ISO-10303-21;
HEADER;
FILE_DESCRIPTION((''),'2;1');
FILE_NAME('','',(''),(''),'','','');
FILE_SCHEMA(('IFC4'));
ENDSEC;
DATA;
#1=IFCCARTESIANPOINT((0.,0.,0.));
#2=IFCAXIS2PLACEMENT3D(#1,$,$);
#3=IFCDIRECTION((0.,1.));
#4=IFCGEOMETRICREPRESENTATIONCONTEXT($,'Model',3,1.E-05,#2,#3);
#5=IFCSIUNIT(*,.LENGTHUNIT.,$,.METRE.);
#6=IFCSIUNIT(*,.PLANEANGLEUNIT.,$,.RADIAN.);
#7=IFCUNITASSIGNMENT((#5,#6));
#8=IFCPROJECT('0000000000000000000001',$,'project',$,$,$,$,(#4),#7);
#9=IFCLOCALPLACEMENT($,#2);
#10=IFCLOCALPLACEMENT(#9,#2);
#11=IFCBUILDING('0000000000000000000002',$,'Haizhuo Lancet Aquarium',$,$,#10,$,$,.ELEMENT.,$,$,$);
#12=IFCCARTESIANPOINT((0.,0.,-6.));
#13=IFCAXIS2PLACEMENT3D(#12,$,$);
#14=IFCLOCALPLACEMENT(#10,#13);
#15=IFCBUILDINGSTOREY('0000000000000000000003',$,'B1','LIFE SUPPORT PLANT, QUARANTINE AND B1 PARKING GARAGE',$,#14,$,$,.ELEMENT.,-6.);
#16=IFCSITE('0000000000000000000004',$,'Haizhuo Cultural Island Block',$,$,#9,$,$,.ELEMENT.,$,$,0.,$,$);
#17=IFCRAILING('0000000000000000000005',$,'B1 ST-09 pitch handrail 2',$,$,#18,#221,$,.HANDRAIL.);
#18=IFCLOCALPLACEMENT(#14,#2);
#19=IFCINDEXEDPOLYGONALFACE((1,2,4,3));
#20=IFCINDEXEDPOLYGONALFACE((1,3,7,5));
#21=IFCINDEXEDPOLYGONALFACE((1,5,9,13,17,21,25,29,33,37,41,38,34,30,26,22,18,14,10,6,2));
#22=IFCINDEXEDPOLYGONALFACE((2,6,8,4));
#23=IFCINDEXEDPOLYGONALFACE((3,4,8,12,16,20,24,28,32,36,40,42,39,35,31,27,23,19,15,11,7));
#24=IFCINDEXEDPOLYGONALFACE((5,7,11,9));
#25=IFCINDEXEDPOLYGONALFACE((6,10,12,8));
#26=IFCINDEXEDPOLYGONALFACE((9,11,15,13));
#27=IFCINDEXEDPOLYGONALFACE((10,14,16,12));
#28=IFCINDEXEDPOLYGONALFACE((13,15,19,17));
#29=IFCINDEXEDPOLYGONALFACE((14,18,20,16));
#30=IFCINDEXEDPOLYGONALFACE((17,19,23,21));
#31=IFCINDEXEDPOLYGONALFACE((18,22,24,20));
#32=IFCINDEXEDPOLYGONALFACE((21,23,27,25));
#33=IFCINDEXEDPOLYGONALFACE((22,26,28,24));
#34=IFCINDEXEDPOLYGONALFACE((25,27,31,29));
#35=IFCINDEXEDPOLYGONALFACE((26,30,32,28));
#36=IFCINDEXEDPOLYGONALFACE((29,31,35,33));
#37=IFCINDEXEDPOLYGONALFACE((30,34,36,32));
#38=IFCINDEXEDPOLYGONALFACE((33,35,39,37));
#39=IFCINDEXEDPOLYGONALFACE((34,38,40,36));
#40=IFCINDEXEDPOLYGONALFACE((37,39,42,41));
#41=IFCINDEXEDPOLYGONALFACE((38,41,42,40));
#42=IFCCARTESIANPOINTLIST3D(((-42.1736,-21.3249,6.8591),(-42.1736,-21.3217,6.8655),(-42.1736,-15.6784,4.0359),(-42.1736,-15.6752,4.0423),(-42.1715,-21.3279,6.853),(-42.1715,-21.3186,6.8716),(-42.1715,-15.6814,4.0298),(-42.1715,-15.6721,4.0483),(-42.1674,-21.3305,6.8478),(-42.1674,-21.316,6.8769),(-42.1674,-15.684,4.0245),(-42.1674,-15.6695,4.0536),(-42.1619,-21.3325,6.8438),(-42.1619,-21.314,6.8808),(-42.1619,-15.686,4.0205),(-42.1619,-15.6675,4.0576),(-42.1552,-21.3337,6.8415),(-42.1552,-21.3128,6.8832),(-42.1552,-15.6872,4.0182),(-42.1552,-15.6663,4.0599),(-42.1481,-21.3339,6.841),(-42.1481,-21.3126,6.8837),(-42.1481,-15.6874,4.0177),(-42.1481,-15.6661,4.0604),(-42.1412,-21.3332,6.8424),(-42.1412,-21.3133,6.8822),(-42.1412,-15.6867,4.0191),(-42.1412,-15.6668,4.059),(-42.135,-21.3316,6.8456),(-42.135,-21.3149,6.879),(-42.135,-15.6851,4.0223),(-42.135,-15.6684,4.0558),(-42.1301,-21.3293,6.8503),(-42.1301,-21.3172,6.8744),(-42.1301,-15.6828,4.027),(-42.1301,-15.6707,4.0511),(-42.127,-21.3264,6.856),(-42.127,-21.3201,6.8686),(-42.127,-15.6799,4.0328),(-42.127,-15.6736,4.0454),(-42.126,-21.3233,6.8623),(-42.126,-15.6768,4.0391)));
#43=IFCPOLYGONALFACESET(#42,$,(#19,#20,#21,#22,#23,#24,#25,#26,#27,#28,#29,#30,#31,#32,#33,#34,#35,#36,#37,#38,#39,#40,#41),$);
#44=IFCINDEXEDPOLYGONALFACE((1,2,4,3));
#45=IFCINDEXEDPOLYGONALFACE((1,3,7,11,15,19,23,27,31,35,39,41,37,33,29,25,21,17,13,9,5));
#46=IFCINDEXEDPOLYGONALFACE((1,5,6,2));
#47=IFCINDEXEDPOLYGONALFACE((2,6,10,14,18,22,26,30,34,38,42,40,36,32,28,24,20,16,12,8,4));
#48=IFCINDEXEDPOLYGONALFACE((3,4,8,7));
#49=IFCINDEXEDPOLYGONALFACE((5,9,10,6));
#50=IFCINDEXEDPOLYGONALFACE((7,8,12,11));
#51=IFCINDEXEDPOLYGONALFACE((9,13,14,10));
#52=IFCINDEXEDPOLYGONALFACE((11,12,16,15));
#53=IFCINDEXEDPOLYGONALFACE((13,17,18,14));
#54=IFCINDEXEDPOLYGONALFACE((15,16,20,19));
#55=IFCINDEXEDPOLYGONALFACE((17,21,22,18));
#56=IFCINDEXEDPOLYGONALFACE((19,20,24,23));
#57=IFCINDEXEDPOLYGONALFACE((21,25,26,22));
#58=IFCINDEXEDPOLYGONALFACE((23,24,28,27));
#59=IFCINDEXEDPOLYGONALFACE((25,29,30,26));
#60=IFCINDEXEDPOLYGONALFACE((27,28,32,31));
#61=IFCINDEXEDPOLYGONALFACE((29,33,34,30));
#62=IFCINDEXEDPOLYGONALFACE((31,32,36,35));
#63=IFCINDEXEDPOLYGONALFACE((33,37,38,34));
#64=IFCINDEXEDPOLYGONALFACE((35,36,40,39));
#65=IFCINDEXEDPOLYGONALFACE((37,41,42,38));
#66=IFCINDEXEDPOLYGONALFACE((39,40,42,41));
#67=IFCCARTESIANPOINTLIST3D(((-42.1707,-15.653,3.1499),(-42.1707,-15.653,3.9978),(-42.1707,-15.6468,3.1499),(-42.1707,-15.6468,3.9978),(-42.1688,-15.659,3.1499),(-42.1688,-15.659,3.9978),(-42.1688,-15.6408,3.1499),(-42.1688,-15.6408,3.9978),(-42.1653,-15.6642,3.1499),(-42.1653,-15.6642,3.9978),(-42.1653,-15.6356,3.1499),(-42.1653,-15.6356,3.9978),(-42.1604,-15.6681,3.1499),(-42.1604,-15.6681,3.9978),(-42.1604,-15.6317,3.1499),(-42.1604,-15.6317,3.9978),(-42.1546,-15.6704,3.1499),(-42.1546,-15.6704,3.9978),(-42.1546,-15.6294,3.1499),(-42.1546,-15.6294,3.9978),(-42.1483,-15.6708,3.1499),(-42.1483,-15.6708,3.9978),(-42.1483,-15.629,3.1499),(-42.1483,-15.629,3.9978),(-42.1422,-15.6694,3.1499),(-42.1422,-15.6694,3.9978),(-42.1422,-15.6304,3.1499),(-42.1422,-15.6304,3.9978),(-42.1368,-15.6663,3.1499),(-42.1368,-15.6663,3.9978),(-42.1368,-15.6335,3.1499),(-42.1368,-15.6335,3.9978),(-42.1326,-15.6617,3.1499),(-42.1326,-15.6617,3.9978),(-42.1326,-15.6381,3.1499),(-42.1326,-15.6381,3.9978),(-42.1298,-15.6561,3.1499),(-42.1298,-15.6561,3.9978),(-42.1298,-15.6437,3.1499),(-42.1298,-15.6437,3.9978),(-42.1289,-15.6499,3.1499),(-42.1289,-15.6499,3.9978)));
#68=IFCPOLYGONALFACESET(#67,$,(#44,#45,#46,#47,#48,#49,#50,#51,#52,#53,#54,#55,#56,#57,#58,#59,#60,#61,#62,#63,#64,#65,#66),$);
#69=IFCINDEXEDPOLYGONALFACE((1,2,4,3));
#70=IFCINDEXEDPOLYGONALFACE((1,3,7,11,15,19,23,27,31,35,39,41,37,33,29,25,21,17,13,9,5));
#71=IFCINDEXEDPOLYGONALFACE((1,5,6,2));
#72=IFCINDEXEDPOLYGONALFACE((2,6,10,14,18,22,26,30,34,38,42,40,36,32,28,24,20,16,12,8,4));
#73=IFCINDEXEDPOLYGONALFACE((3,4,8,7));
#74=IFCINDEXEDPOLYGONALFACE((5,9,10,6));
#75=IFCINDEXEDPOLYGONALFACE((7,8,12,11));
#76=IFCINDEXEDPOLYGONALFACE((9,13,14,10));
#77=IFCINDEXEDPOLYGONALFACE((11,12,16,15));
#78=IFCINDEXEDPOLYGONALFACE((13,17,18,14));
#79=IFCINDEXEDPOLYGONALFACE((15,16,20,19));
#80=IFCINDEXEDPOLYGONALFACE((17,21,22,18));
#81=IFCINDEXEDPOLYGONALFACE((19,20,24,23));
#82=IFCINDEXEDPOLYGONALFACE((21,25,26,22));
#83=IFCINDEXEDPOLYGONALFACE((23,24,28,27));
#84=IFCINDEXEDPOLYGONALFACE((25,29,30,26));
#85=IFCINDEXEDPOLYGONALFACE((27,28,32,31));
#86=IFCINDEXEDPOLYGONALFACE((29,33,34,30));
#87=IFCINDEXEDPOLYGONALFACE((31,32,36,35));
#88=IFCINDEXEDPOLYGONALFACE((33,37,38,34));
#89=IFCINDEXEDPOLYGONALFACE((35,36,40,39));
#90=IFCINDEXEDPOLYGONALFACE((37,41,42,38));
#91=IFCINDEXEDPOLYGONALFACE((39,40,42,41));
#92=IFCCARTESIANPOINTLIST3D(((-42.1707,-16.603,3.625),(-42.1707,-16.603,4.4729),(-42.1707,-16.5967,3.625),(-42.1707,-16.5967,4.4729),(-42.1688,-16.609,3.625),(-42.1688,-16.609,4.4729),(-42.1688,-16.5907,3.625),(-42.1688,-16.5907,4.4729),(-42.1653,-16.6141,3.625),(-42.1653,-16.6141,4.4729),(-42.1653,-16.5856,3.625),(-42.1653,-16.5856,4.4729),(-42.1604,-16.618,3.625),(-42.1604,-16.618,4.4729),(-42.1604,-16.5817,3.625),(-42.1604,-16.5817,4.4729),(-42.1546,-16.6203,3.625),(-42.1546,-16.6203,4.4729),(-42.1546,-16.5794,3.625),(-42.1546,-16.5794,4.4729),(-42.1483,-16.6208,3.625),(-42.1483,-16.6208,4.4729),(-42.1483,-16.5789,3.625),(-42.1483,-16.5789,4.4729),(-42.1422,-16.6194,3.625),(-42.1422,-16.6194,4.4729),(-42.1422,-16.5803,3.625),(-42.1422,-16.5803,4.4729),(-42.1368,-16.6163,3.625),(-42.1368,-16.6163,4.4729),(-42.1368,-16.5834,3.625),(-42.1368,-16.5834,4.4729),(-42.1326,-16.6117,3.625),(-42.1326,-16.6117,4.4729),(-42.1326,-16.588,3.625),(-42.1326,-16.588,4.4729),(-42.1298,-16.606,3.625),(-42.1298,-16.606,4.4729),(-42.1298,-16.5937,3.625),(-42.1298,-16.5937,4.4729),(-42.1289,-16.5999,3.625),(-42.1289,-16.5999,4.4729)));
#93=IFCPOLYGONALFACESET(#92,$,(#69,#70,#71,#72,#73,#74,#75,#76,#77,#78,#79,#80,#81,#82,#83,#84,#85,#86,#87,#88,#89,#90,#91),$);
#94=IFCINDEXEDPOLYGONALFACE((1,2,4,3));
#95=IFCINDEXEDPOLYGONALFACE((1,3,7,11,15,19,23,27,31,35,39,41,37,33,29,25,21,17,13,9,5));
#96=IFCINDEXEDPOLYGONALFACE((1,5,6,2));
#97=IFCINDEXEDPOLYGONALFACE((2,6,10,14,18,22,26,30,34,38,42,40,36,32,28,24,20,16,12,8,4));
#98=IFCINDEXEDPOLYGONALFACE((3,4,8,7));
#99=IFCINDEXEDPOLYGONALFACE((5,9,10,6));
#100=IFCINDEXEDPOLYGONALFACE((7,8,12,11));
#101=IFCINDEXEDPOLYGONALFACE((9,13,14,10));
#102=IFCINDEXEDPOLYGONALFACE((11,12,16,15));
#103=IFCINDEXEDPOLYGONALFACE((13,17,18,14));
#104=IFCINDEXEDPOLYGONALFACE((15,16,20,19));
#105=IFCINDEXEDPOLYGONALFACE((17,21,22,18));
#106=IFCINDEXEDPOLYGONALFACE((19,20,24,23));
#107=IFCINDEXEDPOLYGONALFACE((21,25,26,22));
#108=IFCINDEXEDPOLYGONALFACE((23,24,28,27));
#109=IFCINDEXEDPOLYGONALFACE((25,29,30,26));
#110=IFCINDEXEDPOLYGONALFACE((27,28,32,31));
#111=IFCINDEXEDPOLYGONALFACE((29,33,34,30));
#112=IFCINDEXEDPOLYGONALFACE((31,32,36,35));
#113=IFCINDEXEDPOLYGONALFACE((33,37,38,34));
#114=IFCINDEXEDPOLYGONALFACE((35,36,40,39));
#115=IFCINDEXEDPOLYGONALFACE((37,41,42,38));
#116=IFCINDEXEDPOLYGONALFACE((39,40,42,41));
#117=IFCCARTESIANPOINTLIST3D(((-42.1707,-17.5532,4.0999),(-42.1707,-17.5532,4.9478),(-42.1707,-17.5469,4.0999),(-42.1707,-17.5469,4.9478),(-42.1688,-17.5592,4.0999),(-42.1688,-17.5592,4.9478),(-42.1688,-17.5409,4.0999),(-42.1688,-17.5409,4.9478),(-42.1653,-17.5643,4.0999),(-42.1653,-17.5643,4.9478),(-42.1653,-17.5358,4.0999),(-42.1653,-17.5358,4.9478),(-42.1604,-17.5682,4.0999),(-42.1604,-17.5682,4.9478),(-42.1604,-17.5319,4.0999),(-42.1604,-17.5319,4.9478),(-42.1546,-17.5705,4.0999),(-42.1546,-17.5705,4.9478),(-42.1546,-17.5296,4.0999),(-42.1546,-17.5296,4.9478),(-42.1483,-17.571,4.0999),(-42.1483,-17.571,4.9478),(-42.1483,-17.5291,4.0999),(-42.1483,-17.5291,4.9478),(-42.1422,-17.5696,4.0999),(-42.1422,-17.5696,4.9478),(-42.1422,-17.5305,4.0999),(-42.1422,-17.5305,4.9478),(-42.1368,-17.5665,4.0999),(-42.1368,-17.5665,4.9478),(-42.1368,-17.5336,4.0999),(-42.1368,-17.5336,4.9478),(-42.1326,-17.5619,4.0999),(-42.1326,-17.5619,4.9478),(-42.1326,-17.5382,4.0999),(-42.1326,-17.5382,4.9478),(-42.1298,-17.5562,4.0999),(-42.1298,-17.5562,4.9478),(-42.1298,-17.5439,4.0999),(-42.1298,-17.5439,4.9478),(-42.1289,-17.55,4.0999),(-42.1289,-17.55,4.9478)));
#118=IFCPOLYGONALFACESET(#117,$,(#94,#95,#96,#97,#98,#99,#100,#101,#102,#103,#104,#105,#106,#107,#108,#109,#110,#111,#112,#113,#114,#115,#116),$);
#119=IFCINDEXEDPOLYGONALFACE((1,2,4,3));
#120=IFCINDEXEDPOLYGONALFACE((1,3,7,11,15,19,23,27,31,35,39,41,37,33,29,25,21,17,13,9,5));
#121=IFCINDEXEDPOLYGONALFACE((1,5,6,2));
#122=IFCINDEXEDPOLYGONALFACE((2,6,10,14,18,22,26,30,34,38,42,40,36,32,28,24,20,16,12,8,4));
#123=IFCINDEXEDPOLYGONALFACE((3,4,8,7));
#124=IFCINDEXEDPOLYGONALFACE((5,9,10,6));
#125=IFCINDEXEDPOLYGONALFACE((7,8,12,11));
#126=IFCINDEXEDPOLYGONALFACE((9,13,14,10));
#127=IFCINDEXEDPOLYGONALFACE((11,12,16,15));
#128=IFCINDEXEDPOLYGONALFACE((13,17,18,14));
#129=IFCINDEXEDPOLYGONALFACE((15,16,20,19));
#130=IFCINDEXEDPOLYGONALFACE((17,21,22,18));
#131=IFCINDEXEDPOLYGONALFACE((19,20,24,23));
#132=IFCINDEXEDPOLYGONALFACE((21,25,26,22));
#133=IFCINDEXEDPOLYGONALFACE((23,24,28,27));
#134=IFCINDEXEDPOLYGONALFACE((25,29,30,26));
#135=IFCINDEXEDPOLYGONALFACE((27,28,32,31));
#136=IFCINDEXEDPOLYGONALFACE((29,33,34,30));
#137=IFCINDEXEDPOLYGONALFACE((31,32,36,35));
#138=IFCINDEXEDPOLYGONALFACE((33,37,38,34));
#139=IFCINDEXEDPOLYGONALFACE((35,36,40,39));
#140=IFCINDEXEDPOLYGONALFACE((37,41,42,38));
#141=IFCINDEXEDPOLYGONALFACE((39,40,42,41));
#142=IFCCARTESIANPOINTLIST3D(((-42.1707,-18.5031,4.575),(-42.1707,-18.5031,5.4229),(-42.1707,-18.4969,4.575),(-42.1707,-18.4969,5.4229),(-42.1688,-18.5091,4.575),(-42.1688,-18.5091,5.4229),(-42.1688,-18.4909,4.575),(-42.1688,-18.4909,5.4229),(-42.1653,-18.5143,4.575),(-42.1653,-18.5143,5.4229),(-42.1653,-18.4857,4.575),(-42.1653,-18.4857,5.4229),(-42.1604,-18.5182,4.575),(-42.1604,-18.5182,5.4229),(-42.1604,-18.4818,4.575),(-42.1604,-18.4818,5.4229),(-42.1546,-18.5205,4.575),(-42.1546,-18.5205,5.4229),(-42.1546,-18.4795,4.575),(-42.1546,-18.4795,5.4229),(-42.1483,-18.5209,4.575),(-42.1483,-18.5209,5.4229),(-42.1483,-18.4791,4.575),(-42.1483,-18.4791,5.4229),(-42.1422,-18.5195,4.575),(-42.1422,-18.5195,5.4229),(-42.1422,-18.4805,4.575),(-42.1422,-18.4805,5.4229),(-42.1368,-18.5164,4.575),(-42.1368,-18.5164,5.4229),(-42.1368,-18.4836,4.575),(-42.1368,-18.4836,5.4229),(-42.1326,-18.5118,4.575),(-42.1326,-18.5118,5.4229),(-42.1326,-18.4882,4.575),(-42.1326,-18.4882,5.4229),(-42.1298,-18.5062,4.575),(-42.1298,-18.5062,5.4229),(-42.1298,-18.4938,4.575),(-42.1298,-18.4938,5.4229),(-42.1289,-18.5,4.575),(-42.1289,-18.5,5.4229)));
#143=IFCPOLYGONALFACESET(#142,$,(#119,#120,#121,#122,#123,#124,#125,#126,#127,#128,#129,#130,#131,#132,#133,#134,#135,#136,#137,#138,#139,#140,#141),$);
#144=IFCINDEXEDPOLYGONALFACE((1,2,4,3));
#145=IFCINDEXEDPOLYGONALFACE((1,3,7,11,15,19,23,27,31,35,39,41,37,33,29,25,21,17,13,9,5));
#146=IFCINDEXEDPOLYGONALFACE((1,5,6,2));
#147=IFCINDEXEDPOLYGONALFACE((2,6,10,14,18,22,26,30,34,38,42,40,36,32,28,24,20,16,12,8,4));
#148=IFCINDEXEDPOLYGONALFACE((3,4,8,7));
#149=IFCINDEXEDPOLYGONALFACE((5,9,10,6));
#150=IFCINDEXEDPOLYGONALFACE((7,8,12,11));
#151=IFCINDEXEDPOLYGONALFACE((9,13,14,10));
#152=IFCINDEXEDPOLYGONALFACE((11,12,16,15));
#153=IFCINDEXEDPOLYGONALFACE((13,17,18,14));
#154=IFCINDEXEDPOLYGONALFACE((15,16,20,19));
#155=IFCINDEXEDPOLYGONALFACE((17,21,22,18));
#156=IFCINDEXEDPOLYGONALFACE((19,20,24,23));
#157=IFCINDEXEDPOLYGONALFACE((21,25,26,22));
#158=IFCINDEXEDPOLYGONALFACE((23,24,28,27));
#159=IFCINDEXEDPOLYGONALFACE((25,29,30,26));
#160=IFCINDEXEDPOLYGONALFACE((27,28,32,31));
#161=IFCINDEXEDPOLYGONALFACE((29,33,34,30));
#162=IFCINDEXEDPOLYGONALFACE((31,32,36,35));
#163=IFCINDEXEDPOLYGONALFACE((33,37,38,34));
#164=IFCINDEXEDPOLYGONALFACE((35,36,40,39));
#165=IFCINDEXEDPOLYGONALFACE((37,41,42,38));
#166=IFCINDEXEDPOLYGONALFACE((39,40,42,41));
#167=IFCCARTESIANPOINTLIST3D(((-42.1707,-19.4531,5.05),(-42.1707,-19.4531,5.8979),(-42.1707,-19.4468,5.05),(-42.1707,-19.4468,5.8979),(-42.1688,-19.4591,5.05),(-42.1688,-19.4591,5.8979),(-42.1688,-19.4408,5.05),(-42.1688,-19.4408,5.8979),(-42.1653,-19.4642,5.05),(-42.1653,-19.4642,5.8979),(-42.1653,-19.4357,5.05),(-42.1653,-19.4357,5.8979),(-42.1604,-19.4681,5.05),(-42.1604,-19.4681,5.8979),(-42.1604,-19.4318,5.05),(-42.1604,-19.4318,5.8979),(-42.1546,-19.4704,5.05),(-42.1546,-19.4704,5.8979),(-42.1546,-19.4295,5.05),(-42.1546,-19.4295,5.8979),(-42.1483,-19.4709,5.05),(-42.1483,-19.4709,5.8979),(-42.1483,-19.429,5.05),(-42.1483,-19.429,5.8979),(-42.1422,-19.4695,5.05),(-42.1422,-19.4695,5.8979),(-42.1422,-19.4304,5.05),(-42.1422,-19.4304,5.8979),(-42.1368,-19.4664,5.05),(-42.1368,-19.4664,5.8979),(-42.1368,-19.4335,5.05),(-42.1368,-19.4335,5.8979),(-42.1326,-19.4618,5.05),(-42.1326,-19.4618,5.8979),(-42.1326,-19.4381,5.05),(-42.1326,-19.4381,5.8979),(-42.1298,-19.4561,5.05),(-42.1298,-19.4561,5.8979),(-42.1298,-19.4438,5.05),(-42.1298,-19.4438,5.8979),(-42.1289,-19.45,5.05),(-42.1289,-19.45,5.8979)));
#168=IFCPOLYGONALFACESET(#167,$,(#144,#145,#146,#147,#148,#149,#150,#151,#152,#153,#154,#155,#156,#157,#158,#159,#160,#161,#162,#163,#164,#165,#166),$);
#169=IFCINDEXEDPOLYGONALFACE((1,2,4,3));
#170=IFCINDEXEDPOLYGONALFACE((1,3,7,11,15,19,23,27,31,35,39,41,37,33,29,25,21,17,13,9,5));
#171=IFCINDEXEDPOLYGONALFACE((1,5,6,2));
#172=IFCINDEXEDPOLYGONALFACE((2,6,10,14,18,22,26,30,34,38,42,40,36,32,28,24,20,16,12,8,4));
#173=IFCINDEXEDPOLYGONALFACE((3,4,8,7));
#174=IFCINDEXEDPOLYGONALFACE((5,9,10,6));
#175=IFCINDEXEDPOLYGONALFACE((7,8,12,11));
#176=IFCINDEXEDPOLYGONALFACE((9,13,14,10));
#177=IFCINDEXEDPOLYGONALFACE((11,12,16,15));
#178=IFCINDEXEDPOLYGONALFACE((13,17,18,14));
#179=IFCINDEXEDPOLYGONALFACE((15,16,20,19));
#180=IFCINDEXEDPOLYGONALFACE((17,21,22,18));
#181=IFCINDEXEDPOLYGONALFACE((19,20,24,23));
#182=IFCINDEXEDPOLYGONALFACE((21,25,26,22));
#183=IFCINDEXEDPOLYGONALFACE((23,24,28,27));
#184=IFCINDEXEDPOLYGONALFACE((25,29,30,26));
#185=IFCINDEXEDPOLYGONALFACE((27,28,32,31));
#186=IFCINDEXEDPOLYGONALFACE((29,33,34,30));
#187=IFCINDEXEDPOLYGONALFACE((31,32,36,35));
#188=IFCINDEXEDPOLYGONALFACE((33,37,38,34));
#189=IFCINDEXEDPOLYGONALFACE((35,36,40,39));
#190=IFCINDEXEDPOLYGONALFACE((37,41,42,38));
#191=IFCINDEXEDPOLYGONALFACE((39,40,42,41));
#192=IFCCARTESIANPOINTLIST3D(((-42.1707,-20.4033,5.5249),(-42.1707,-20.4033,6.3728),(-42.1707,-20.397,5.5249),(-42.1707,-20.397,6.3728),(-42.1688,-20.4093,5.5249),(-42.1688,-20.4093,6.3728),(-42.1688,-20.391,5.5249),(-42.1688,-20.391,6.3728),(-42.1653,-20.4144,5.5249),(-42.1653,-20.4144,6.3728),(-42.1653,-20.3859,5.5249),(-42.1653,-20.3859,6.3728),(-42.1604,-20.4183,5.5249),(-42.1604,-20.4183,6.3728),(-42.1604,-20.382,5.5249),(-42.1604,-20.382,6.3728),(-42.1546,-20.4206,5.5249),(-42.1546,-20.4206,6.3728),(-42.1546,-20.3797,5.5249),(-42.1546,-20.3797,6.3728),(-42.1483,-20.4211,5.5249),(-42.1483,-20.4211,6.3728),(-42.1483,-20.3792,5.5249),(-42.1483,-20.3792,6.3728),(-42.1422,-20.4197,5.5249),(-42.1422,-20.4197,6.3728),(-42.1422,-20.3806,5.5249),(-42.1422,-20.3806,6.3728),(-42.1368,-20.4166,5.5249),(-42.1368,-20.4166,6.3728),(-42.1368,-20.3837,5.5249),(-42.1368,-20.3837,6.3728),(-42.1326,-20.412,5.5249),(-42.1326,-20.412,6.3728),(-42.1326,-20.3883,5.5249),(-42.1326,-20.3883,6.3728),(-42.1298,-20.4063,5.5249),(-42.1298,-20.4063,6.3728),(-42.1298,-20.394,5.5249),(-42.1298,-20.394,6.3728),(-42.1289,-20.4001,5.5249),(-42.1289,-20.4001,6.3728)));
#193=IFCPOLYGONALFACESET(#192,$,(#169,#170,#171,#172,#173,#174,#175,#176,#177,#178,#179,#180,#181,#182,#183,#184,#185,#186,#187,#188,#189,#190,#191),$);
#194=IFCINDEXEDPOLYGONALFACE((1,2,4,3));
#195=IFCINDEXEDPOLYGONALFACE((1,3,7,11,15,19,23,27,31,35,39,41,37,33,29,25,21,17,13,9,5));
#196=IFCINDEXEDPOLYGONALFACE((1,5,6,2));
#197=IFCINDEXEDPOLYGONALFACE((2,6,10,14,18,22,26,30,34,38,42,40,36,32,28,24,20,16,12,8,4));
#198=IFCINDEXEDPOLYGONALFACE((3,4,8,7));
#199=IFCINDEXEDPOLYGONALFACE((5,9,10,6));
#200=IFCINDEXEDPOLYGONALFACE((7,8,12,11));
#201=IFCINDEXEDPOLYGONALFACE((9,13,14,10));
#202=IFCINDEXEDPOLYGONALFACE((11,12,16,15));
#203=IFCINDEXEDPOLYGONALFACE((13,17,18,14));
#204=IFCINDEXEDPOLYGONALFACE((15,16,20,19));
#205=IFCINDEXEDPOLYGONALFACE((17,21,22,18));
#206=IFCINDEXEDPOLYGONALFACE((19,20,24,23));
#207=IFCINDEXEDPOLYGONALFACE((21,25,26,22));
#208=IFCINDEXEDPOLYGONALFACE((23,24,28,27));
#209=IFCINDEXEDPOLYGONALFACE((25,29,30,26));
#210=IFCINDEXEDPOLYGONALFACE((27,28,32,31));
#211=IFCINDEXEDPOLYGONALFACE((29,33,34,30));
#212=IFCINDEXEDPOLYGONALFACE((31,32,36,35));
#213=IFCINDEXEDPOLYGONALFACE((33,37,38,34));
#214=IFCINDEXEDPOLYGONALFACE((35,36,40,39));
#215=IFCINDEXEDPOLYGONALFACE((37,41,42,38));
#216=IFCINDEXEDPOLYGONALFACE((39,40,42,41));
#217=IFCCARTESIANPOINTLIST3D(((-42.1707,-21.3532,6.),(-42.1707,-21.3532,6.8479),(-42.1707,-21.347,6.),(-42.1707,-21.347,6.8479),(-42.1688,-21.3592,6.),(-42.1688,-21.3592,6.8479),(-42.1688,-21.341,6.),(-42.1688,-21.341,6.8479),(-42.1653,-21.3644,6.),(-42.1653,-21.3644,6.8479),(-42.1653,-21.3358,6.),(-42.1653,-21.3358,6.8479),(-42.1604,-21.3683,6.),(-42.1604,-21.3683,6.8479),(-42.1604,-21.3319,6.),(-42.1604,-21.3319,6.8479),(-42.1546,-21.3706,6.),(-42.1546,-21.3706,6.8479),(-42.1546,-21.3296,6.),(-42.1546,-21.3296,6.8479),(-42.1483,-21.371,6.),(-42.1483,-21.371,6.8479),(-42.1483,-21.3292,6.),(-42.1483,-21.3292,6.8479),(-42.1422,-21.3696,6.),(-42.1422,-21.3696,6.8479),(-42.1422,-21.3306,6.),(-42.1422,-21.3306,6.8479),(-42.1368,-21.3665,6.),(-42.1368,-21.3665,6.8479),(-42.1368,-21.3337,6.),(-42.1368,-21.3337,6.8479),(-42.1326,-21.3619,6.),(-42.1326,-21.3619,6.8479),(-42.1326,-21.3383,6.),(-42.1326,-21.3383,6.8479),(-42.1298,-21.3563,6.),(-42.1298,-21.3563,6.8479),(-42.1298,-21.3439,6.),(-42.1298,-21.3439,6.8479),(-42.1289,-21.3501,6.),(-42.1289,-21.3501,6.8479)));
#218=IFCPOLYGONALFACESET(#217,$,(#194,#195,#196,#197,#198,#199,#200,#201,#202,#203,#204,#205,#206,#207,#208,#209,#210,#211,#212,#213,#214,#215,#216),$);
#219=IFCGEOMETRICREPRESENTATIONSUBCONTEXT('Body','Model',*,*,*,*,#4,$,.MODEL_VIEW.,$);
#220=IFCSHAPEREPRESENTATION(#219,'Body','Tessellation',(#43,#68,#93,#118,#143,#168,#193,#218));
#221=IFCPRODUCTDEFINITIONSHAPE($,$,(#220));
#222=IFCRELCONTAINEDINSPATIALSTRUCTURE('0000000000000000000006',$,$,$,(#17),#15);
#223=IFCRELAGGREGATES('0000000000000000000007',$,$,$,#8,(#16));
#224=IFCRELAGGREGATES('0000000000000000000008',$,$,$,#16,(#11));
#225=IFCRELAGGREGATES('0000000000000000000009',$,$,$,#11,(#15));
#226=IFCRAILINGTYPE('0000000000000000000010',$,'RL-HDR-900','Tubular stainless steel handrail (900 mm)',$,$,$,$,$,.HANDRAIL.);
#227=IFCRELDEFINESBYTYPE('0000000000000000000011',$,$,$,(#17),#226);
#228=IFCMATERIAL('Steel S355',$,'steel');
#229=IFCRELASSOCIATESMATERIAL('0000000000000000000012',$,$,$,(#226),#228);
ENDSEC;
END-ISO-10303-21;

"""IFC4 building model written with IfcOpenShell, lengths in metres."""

from ifc_helpers import new_model, si_unit, direction, frame, origin, origin_2d, place, context, subcontext, project, spatial, circle, extrude, material, type_object, element, save


model = new_model("IFC4")

# Units and contexts
model_context = context("Model", 3, precision=1e-05, world=origin(), true_north=direction((0.0, 1.0)))
body_context = subcontext(model_context, "Body", "Model", "MODEL_VIEW")
ifc_project = project(units=[si_unit("LENGTHUNIT", "METRE"), si_unit("PLANEANGLEUNIT", "RADIAN")], contexts=[model_context])

# Site, building, storey
site_placement = place(None, origin())
site = spatial("IfcSite", under=ifc_project, at=site_placement, Name="Haizhuo Cultural Island Block", CompositionType="ELEMENT", RefElevation=0.0)
building_placement = place(site_placement, origin())
building = spatial("IfcBuilding", under=site, at=building_placement, Name="Haizhuo Lancet Aquarium", CompositionType="ELEMENT")
storey_placement = place(building_placement, frame((0.0, 0.0, -6.0)))
storey = spatial("IfcBuildingStorey", under=building, at=storey_placement, Name="B1", Description="LIFE SUPPORT PLANT, QUARANTINE AND B1 PARKING GARAGE", CompositionType="ELEMENT", Elevation=-6.0)

# Shared definitions
ifc_material_1 = material(Name="Steel S355", Category="steel")

# Railing
railing_type_1 = type_object("IfcRailingType", Name="RL-HDR-900", Description="Tubular stainless steel handrail (900 mm)", PredefinedType="HANDRAIL", material=ifc_material_1)
railing_1_placement = place(storey_placement, frame((-42.1499, -15.6499, 3.1499)))
element("IfcRailing", 1, at=railing_1_placement, inside=storey, type_object=railing_type_1, Name="B1 ST-09 pitch handrail 2", PredefinedType="HANDRAIL", context=body_context, shape_type="SweptSolid", body=[
    extrude(circle(Radius=0.0239, at=origin_2d()), frame((0.0, -0.0269, 0.8892), z_axis=(0.0, -0.894427, 0.447214), x_axis=(1.0, 0.0, 0.0)), (0.0, 0.0, 1.0), 6.313),
    extrude(circle(Radius=0.021, at=origin_2d()), origin(), (0.0, 0.0, 1.0), 0.8479),
    extrude(circle(Radius=0.021, at=origin_2d()), frame((0.0, -0.95, 0.4751)), (0.0, 0.0, 1.0), 0.8479),
    extrude(circle(Radius=0.021, at=origin_2d()), frame((0.0, -1.9001, 0.95)), (0.0, 0.0, 1.0), 0.8479),
    extrude(circle(Radius=0.021, at=origin_2d()), frame((0.0, -2.8501, 1.425)), (0.0, 0.0, 1.0), 0.8479),
    extrude(circle(Radius=0.021, at=origin_2d()), frame((0.0, -3.8, 1.9001)), (0.0, 0.0, 1.0), 0.8479),
    extrude(circle(Radius=0.021, at=origin_2d()), frame((0.0, -4.7502, 2.375)), (0.0, 0.0, 1.0), 0.8479),
    extrude(circle(Radius=0.021, at=origin_2d()), frame((0.0, -5.7002, 2.8501)), (0.0, 0.0, 1.0), 0.8479),
])

save(model, "model.ifc")
